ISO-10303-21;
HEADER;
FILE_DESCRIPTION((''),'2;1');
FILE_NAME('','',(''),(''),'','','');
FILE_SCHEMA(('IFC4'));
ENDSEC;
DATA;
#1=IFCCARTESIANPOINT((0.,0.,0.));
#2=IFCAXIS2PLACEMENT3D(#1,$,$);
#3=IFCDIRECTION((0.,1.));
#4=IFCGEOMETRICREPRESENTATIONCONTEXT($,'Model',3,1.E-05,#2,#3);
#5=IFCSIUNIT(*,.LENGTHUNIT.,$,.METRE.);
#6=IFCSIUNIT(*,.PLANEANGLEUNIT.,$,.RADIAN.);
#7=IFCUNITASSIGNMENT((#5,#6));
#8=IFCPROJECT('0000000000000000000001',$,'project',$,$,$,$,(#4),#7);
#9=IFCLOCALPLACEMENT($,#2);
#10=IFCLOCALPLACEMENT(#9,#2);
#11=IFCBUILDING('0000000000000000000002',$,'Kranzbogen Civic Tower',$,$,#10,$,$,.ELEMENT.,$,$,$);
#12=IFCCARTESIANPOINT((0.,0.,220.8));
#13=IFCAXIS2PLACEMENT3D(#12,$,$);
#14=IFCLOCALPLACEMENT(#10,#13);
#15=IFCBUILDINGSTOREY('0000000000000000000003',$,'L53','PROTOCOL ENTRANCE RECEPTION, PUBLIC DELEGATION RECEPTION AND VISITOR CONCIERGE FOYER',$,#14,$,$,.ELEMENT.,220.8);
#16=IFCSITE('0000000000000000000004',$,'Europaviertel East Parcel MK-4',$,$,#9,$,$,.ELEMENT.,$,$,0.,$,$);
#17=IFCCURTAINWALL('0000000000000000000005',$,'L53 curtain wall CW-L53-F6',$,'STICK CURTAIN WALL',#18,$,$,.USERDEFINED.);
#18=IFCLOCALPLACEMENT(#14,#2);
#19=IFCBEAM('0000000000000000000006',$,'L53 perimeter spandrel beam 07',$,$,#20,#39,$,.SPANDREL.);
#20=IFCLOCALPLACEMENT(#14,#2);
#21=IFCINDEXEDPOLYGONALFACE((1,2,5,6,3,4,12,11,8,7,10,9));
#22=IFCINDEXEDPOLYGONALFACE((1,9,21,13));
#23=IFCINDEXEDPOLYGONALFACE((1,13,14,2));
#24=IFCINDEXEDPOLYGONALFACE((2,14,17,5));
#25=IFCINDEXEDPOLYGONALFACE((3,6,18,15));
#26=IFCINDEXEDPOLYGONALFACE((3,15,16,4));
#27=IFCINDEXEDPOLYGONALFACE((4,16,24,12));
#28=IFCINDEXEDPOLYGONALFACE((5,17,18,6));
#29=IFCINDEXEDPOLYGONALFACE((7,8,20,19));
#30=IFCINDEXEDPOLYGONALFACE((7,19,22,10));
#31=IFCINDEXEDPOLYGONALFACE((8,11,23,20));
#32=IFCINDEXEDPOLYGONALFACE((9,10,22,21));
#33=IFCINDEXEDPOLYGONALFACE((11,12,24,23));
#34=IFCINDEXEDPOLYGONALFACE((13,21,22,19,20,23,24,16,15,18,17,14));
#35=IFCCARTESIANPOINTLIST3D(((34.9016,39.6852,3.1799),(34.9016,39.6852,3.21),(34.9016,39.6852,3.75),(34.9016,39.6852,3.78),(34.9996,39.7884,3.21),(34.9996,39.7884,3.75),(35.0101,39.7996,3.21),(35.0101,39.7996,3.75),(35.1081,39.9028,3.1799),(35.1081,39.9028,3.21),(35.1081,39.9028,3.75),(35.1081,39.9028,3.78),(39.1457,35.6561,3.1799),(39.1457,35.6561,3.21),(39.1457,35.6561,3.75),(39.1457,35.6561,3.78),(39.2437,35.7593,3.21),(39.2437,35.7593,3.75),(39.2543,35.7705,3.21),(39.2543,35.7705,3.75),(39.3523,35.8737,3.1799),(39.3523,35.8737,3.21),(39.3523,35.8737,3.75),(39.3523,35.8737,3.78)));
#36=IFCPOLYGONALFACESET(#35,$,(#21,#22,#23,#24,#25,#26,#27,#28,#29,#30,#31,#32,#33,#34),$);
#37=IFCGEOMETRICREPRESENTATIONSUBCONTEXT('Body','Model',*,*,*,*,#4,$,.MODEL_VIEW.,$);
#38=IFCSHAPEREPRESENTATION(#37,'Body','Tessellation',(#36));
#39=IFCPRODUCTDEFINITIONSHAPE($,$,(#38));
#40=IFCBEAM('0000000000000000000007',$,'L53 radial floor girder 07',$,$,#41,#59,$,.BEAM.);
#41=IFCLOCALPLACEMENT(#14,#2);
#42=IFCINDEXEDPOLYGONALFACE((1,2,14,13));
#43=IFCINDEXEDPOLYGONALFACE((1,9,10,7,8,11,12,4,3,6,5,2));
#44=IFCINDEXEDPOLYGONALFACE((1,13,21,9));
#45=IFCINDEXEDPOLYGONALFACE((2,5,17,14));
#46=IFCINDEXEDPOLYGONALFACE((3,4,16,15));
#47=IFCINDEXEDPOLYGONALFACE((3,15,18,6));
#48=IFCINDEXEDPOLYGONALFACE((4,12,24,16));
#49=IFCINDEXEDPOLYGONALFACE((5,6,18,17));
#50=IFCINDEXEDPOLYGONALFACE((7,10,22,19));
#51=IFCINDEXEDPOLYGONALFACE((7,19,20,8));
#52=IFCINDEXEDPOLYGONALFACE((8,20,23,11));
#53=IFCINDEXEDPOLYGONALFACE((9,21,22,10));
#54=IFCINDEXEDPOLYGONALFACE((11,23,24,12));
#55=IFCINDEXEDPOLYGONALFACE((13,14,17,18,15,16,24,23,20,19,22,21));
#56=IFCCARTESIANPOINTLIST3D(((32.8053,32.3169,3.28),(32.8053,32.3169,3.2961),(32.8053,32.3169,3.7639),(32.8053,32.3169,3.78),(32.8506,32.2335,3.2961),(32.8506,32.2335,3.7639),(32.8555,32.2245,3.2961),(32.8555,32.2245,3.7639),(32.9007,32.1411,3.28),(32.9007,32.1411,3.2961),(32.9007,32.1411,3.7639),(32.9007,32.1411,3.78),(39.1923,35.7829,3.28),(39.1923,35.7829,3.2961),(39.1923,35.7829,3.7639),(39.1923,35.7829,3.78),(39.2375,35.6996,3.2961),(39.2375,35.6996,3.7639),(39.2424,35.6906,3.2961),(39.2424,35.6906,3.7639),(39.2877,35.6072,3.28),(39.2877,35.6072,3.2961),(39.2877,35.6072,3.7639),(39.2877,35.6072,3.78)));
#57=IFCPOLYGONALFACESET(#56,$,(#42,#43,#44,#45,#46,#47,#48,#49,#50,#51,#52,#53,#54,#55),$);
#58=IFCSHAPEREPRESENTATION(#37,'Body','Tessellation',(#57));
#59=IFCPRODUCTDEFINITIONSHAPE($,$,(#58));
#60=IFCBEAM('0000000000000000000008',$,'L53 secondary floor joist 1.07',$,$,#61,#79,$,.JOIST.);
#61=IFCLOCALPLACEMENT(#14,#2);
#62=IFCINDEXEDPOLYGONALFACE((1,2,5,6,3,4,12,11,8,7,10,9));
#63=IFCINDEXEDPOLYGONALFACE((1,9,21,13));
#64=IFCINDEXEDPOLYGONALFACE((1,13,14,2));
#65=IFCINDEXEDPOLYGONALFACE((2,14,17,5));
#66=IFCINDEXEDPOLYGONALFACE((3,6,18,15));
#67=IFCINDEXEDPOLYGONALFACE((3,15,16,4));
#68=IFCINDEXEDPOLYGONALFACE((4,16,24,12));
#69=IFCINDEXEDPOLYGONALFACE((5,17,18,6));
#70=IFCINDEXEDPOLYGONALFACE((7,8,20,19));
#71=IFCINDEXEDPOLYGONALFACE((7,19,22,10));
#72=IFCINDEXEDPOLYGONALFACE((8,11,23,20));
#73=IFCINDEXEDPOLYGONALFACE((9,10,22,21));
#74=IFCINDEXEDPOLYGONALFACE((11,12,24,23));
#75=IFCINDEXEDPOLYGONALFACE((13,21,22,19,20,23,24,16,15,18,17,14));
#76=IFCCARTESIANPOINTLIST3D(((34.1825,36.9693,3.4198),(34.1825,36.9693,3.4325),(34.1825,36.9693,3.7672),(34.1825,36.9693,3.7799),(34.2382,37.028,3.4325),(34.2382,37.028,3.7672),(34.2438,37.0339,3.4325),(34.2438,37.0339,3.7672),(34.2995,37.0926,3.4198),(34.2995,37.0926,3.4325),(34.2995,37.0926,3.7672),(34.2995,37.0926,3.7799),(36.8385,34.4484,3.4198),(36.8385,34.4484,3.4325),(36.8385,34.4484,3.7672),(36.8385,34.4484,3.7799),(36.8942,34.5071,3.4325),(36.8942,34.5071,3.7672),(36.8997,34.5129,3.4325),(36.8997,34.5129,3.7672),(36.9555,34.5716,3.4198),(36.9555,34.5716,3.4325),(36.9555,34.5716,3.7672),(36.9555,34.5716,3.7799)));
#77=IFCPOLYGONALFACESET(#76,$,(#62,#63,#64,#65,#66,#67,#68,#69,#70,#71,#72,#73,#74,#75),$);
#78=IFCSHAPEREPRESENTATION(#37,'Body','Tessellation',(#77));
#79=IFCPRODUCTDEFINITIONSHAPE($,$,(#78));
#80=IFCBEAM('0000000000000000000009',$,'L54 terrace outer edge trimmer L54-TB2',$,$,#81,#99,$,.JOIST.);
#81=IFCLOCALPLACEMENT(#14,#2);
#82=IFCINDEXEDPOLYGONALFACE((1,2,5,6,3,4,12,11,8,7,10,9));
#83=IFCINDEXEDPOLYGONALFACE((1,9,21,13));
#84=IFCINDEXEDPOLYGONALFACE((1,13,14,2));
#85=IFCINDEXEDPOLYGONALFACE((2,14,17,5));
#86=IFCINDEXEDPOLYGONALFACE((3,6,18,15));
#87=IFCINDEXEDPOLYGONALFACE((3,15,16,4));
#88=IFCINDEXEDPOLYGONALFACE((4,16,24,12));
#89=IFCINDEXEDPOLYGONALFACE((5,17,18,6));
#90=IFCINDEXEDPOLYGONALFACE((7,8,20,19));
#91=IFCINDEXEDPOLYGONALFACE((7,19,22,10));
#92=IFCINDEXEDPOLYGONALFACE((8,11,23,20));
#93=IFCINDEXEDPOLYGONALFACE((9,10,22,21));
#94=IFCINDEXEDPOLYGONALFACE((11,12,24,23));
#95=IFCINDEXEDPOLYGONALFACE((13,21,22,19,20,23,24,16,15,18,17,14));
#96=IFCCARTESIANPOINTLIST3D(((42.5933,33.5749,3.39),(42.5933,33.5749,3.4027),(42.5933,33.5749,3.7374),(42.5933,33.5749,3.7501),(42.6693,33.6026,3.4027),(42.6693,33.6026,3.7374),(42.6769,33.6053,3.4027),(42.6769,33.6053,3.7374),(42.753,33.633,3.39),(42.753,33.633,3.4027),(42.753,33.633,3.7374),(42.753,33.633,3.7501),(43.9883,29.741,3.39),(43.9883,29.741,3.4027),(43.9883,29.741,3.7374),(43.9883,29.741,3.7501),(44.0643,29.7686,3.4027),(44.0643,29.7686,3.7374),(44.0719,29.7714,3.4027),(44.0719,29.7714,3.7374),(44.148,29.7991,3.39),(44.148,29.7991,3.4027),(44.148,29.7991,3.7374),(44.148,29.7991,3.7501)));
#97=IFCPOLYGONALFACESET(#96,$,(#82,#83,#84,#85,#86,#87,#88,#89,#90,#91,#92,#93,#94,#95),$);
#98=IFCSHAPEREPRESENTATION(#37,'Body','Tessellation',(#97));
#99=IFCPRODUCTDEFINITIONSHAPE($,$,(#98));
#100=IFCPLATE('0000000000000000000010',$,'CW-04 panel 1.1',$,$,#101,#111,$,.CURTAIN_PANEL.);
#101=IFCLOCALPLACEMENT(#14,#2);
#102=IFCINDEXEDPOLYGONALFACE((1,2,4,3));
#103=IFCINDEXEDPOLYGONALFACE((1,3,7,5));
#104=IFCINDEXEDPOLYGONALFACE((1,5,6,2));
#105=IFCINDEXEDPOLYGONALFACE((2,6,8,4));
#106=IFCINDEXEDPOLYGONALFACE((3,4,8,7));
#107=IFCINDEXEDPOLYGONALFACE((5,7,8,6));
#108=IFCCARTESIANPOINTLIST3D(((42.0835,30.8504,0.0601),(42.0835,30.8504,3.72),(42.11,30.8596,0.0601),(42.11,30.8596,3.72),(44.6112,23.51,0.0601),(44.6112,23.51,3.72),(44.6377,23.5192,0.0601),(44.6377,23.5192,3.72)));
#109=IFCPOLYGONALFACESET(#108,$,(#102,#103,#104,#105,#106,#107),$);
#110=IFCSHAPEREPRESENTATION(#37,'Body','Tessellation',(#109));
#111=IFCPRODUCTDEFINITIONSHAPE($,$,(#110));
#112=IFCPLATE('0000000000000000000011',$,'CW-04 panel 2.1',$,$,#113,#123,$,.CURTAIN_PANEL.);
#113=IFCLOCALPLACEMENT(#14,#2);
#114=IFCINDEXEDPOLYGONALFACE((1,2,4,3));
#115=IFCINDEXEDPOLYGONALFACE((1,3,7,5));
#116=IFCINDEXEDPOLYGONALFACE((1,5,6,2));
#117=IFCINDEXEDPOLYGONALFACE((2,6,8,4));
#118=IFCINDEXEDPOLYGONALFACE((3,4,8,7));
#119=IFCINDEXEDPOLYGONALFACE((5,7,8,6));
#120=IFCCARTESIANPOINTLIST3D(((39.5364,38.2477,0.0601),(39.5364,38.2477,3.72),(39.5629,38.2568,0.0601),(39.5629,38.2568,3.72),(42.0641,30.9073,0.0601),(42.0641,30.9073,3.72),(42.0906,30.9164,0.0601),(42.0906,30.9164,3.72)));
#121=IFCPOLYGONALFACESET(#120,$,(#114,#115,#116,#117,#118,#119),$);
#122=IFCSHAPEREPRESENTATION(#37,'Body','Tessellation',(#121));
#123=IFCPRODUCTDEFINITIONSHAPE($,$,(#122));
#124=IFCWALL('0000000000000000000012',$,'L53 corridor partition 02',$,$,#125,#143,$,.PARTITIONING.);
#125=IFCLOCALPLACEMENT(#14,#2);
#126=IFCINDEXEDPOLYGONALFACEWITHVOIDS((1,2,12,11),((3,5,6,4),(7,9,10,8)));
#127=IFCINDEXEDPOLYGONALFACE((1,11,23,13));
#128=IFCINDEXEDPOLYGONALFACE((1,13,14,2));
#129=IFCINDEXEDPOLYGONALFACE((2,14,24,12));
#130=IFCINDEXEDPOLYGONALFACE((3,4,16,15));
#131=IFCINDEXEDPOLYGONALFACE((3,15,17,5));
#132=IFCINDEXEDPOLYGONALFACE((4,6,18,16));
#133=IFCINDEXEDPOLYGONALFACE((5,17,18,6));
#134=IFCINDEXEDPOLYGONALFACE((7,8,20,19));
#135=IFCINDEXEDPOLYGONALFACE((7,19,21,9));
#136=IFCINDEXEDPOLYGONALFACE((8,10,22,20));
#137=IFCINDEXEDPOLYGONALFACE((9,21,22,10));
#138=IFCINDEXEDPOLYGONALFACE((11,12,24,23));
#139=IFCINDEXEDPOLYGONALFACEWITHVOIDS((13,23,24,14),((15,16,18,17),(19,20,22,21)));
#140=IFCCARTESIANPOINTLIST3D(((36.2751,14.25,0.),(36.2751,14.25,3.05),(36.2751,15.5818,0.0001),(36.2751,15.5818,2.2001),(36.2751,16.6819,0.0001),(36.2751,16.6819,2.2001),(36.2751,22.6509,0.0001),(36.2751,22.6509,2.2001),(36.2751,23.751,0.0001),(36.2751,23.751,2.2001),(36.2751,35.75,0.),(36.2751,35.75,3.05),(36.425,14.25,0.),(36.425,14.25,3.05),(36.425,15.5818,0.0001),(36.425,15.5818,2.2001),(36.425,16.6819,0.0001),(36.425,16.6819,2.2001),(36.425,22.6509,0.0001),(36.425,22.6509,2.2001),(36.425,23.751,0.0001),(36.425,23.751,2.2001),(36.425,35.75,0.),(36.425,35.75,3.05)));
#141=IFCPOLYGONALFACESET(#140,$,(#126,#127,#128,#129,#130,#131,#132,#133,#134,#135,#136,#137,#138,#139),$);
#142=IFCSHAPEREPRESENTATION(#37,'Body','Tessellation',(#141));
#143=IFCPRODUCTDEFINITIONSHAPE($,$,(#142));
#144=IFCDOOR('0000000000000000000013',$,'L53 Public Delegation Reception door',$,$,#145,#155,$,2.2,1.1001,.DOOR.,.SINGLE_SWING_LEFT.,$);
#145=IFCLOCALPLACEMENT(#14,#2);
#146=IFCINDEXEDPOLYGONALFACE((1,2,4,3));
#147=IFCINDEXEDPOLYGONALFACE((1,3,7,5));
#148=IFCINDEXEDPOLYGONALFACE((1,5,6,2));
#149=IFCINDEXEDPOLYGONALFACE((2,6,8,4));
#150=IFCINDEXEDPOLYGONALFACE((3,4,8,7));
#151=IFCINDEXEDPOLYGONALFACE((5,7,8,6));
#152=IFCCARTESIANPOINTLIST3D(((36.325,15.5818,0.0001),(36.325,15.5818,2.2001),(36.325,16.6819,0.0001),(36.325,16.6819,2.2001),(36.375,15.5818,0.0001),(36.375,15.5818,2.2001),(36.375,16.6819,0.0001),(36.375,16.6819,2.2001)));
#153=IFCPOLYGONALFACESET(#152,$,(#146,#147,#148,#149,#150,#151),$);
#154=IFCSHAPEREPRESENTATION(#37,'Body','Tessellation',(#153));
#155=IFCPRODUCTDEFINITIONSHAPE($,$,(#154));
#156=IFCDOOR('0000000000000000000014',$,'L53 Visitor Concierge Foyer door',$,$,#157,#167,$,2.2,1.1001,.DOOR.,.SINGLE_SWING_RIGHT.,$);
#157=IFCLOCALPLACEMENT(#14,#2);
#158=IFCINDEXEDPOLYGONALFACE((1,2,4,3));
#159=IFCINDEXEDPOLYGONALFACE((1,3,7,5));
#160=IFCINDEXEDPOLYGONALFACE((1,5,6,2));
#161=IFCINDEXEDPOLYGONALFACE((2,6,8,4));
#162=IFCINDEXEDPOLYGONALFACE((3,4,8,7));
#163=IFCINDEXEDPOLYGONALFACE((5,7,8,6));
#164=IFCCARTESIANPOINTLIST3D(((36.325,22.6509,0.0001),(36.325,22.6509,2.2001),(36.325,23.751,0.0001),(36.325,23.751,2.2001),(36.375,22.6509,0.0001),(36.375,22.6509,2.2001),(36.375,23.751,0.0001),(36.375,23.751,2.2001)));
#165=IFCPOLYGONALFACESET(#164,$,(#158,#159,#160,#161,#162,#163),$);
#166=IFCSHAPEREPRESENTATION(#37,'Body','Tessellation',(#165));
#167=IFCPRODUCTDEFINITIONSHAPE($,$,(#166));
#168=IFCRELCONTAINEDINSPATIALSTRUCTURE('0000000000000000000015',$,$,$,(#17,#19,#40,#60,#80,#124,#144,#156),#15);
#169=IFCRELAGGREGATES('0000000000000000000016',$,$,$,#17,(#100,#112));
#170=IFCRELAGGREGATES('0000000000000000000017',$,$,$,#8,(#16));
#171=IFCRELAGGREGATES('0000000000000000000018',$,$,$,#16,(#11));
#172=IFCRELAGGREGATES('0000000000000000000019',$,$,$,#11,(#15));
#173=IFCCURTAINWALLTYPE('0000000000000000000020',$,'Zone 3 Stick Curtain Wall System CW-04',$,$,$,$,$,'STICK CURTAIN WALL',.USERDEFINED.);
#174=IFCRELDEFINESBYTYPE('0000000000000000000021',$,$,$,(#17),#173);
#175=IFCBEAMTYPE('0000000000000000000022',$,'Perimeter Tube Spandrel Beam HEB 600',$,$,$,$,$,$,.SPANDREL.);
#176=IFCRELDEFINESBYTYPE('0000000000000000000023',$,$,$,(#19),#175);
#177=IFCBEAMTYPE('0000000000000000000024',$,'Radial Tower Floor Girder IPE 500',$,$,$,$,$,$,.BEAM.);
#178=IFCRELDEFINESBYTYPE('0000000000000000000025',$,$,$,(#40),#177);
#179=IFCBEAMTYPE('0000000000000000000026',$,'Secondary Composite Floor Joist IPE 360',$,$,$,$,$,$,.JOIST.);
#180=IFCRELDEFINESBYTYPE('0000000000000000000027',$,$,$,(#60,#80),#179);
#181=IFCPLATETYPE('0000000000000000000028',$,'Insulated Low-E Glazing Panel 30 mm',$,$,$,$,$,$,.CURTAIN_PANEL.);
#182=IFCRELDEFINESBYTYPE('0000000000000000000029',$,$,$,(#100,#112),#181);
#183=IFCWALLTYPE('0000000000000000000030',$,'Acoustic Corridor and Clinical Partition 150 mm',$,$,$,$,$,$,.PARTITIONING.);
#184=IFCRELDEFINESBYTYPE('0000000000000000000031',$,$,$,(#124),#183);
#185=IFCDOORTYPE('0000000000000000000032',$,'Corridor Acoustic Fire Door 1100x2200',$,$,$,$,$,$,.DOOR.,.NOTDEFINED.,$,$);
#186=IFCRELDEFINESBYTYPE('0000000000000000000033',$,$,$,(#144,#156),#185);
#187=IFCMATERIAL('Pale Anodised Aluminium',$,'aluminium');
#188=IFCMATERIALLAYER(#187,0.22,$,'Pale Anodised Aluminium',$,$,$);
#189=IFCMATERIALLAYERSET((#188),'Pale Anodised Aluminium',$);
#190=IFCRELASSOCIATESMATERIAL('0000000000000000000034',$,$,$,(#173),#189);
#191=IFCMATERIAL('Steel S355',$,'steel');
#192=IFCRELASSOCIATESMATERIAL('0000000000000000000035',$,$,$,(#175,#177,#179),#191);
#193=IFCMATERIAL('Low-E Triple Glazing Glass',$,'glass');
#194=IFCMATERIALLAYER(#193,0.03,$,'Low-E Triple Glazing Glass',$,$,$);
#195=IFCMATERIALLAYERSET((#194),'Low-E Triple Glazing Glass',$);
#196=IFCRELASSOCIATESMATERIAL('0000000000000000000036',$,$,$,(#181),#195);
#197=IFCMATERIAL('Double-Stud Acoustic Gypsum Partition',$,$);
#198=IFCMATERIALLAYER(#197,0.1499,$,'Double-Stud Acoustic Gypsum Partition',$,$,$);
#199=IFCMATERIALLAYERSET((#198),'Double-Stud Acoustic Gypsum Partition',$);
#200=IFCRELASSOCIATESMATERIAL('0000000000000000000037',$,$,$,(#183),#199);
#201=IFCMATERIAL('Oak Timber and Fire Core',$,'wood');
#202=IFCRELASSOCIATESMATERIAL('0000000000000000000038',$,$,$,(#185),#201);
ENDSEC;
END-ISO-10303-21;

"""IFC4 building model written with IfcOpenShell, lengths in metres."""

from ifc_helpers import new_model, si_unit, direction, frame, frame_2d, origin, origin_2d, place, context, subcontext, project, spatial, rectangle, i_section, extrude, material, layer, layer_set, material_profile, profile_set, type_object, element, fill, aggregate, save


model = new_model("IFC4")

# Units and contexts
model_context = context("Model", 3, precision=1e-05, world=origin(), true_north=direction((0.0, 1.0)))
body_context = subcontext(model_context, "Body", "Model", "MODEL_VIEW")
ifc_project = project(units=[si_unit("LENGTHUNIT", "METRE"), si_unit("PLANEANGLEUNIT", "RADIAN")], contexts=[model_context])

# Site, building, storey
site_placement = place(None, origin())
site = spatial("IfcSite", under=ifc_project, at=site_placement, Name="Europaviertel East Parcel MK-4", CompositionType="ELEMENT", RefElevation=0.0)
building_placement = place(site_placement, origin())
building = spatial("IfcBuilding", under=site, at=building_placement, Name="Kranzbogen Civic Tower", CompositionType="ELEMENT")
storey_placement = place(building_placement, frame((0.0, 0.0, 220.8)))
storey = spatial("IfcBuildingStorey", under=building, at=storey_placement, Name="L53", Description="PROTOCOL ENTRANCE RECEPTION, PUBLIC DELEGATION RECEPTION AND VISITOR CONCIERGE FOYER", CompositionType="ELEMENT", Elevation=220.8)

# Shared definitions
ifc_material_1 = material(Name="Steel S355", Category="steel")

# Shared definitions
ifc_material_2 = material(Name="Pale Anodised Aluminium", Category="aluminium")
ifc_layer_1 = layer(ifc_material_2, 0.22, Name="Pale Anodised Aluminium")
ifc_layer_set_1 = layer_set([ifc_layer_1], Name="Pale Anodised Aluminium")
curtain_wall_type = type_object("IfcCurtainWallType", Name="Zone 3 Stick Curtain Wall System CW-04", ElementType="STICK CURTAIN WALL", PredefinedType="USERDEFINED", material=ifc_layer_set_1)

# Curtain wall
curtain_wall_1_placement = place(storey_placement, origin())
curtain_wall_1 = element("IfcCurtainWall", 1, at=curtain_wall_1_placement, inside=storey, type_object=curtain_wall_type, Name="L53 curtain wall CW-L53-F6", ObjectType="STICK CURTAIN WALL", PredefinedType="USERDEFINED")

# Beams
ifc_material_profile_1 = material_profile(ifc_material_1, i_section(OverallWidth=0.3, OverallDepth=0.6001, WebThickness=0.0154, FlangeThickness=0.03, at=origin_2d()), Name="HEB 600")
ifc_profile_set_1 = profile_set([ifc_material_profile_1], Name="Steel S355")
beam_type_1 = type_object("IfcBeamType", Name="Perimeter Tube Spandrel Beam HEB 600", PredefinedType="SPANDREL", material=ifc_profile_set_1)
beam_1_placement = place(storey_placement, frame((39.249, 35.7649, 3.48), z_axis=(-0.725245, 0.688491, 0.0), x_axis=(-0.688491, -0.725245, 0.0)))
element("IfcBeam", 2, at=beam_1_placement, inside=storey, type_object=beam_type_1, Name="L53 perimeter spandrel beam 07", PredefinedType="SPANDREL", context=body_context, shape_type="SweptSolid", body=[
    extrude(i_section(OverallWidth=0.3, OverallDepth=0.6001, WebThickness=0.0154, FlangeThickness=0.03, at=origin_2d()), origin(), (0.0, 0.0, 1.0), 5.8521),
])
ifc_material_profile_2 = material_profile(ifc_material_1, i_section(OverallWidth=0.2, OverallDepth=0.5, WebThickness=0.0103, FlangeThickness=0.0161, at=origin_2d()), Name="IPE 500")
ifc_profile_set_2 = profile_set([ifc_material_profile_2], Name="Steel S355")
beam_type_2 = type_object("IfcBeamType", Name="Radial Tower Floor Girder IPE 500", PredefinedType="BEAM", material=ifc_profile_set_2)
beam_2_placement = place(storey_placement, frame((39.24, 35.6951, 3.53), z_axis=(-0.878919, -0.47697, 0.0), x_axis=(0.47697, -0.878919, 0.0)))
element("IfcBeam", 3, at=beam_2_placement, inside=storey, type_object=beam_type_2, Name="L53 radial floor girder 07", PredefinedType="BEAM", context=body_context, shape_type="SweptSolid", body=[
    extrude(i_section(OverallWidth=0.2, OverallDepth=0.5, WebThickness=0.0103, FlangeThickness=0.0161, at=origin_2d()), origin(), (0.0, 0.0, 1.0), 7.2668),
])
ifc_material_profile_3 = material_profile(ifc_material_1, i_section(OverallWidth=0.1699, OverallDepth=0.3601, WebThickness=0.0081, FlangeThickness=0.0127, at=origin_2d()), Name="IPE 360")
ifc_profile_set_3 = profile_set([ifc_material_profile_3], Name="Steel S355")
beam_type_3 = type_object("IfcBeamType", Name="Secondary Composite Floor Joist IPE 360", PredefinedType="JOIST", material=ifc_profile_set_3)
beam_3_placement = place(storey_placement, frame((36.897, 34.51, 3.5999), z_axis=(-0.725301, 0.688432, 0.0), x_axis=(-0.688432, -0.725301, 0.0)))
element("IfcBeam", 4, at=beam_3_placement, inside=storey, type_object=beam_type_3, Name="L53 secondary floor joist 1.07", PredefinedType="JOIST", context=body_context, shape_type="SweptSolid", body=[
    extrude(i_section(OverallWidth=0.1699, OverallDepth=0.3601, WebThickness=0.0081, FlangeThickness=0.0127, at=origin_2d()), origin(), (0.0, 0.0, 1.0), 3.6619),
])
beam_4_placement = place(storey_placement, frame((44.0681, 29.77, 3.5701), z_axis=(-0.341926, 0.939727, 0.0), x_axis=(-0.939727, -0.341926, 0.0)))
element("IfcBeam", 5, at=beam_4_placement, inside=storey, type_object=beam_type_3, Name="L54 terrace outer edge trimmer L54-TB2", PredefinedType="JOIST", context=body_context, shape_type="SweptSolid", body=[
    extrude(i_section(OverallWidth=0.1699, OverallDepth=0.3601, WebThickness=0.0081, FlangeThickness=0.0127, at=origin_2d()), origin(), (0.0, 0.0, 1.0), 4.0798),
])

# Plates
ifc_material_3 = material(Name="Low-E Triple Glazing Glass", Category="glass")
ifc_layer_2 = layer(ifc_material_3, 0.03, Name="Low-E Triple Glazing Glass")
ifc_layer_set_2 = layer_set([ifc_layer_2], Name="Low-E Triple Glazing Glass")
plate_type = type_object("IfcPlateType", Name="Insulated Low-E Glazing Panel 30 mm", PredefinedType="CURTAIN_PANEL", material=ifc_layer_set_2)
plate_1_placement = place(storey_placement, frame((43.3606, 27.1848, 0.0601), z_axis=(0.0, 0.0, 1.0), x_axis=(-0.32559, 0.945511, 0.0)))
plate_1 = element("IfcPlate", 6, at=plate_1_placement, type_object=plate_type, Name="CW-04 panel 1.1", PredefinedType="CURTAIN_PANEL", context=body_context, shape_type="SweptSolid", body=[
    extrude(rectangle(XDim=7.7634, YDim=0.0281, at=origin_2d()), origin(), (0.0, 0.0, 1.0), 3.6599),
])
plate_2_placement = place(storey_placement, frame((40.8135, 34.582, 0.0601), z_axis=(0.0, 0.0, 1.0), x_axis=(-0.32559, 0.945511, 0.0)))
plate_2 = element("IfcPlate", 7, at=plate_2_placement, type_object=plate_type, Name="CW-04 panel 2.1", PredefinedType="CURTAIN_PANEL", context=body_context, shape_type="SweptSolid", body=[
    extrude(rectangle(XDim=7.7634, YDim=0.0281, at=origin_2d()), origin(), (0.0, 0.0, 1.0), 3.6599),
])
aggregate(curtain_wall_1, [plate_1, plate_2])

# Wall, openings, doors
ifc_material_4 = material(Name="Double-Stud Acoustic Gypsum Partition")
ifc_layer_3 = layer(ifc_material_4, 0.1499, Name="Double-Stud Acoustic Gypsum Partition")
ifc_layer_set_3 = layer_set([ifc_layer_3], Name="Double-Stud Acoustic Gypsum Partition")
wall_type_1 = type_object("IfcWallType", Name="Acoustic Corridor and Clinical Partition 150 mm", PredefinedType="PARTITIONING", material=ifc_layer_set_3)
wall_1_placement = place(storey_placement, frame((36.3501, 35.75, 0.0), z_axis=(0.0, 0.0, 1.0), x_axis=(0.0, -1.0, 0.0)))
wall_1 = element("IfcWall", 8, at=wall_1_placement, inside=storey, type_object=wall_type_1, Name="L53 corridor partition 02", PredefinedType="PARTITIONING", context=body_context, shape_type="SweptSolid", body=[
    extrude(rectangle(XDim=21.5, YDim=0.1499, at=frame_2d((10.75, 0.0))), origin(), (0.0, 0.0, 1.0), 3.05),
])
opening_1_placement = place(wall_1_placement, frame((19.0681, 0.0, 0.0)))
opening_1 = element("IfcOpeningElement", 9, at=opening_1_placement, cuts=wall_1, PredefinedType="OPENING", context=body_context, shape_type="SweptSolid", body=[
    extrude(rectangle(XDim=1.1001, YDim=2.2, at=frame_2d((0.55, 1.1001))), frame((0.0, 0.085, 0.0), z_axis=(0.0, -1.0, 0.0), x_axis=(1.0, 0.0, 0.0)), (0.0, 0.0, 1.0), 0.1699),
])
opening_2_placement = place(wall_1_placement, frame((11.999, 0.0, 0.0)))
opening_2 = element("IfcOpeningElement", 10, at=opening_2_placement, cuts=wall_1, PredefinedType="OPENING", context=body_context, shape_type="SweptSolid", body=[
    extrude(rectangle(XDim=1.1001, YDim=2.2, at=frame_2d((0.55, 1.1001))), frame((0.0, 0.085, 0.0), z_axis=(0.0, -1.0, 0.0), x_axis=(1.0, 0.0, 0.0)), (0.0, 0.0, 1.0), 0.1699),
])
ifc_material_5 = material(Name="Oak Timber and Fire Core", Category="wood")
door_type = type_object("IfcDoorType", Name="Corridor Acoustic Fire Door 1100x2200", OperationType="NOTDEFINED", PredefinedType="DOOR", material=ifc_material_5)
door_1_placement = place(opening_1_placement, origin())
door_1 = element("IfcDoor", 11, at=door_1_placement, inside=storey, type_object=door_type, Name="L53 Public Delegation Reception door", OperationType="SINGLE_SWING_LEFT", OverallHeight=2.2, OverallWidth=1.1001, PredefinedType="DOOR", context=body_context, shape_type="SweptSolid", body=[
    extrude(rectangle(XDim=1.1001, YDim=2.2, at=frame_2d((0.55, 1.1001))), frame((0.0, 0.0249, 0.0), z_axis=(0.0, -1.0, 0.0), x_axis=(1.0, 0.0, 0.0)), (0.0, 0.0, 1.0), 0.05),
])
fill(opening_1, door_1)
door_2_placement = place(opening_2_placement, origin())
door_2 = element("IfcDoor", 12, at=door_2_placement, inside=storey, type_object=door_type, Name="L53 Visitor Concierge Foyer door", OperationType="SINGLE_SWING_RIGHT", OverallHeight=2.2, OverallWidth=1.1001, PredefinedType="DOOR", context=body_context, shape_type="SweptSolid", body=[
    extrude(rectangle(XDim=1.1001, YDim=2.2, at=frame_2d((0.55, 1.1001))), frame((0.0, 0.0249, 0.0), z_axis=(0.0, -1.0, 0.0), x_axis=(1.0, 0.0, 0.0)), (0.0, 0.0, 1.0), 0.05),
])
fill(opening_2, door_2)

save(model, "model.ifc")
